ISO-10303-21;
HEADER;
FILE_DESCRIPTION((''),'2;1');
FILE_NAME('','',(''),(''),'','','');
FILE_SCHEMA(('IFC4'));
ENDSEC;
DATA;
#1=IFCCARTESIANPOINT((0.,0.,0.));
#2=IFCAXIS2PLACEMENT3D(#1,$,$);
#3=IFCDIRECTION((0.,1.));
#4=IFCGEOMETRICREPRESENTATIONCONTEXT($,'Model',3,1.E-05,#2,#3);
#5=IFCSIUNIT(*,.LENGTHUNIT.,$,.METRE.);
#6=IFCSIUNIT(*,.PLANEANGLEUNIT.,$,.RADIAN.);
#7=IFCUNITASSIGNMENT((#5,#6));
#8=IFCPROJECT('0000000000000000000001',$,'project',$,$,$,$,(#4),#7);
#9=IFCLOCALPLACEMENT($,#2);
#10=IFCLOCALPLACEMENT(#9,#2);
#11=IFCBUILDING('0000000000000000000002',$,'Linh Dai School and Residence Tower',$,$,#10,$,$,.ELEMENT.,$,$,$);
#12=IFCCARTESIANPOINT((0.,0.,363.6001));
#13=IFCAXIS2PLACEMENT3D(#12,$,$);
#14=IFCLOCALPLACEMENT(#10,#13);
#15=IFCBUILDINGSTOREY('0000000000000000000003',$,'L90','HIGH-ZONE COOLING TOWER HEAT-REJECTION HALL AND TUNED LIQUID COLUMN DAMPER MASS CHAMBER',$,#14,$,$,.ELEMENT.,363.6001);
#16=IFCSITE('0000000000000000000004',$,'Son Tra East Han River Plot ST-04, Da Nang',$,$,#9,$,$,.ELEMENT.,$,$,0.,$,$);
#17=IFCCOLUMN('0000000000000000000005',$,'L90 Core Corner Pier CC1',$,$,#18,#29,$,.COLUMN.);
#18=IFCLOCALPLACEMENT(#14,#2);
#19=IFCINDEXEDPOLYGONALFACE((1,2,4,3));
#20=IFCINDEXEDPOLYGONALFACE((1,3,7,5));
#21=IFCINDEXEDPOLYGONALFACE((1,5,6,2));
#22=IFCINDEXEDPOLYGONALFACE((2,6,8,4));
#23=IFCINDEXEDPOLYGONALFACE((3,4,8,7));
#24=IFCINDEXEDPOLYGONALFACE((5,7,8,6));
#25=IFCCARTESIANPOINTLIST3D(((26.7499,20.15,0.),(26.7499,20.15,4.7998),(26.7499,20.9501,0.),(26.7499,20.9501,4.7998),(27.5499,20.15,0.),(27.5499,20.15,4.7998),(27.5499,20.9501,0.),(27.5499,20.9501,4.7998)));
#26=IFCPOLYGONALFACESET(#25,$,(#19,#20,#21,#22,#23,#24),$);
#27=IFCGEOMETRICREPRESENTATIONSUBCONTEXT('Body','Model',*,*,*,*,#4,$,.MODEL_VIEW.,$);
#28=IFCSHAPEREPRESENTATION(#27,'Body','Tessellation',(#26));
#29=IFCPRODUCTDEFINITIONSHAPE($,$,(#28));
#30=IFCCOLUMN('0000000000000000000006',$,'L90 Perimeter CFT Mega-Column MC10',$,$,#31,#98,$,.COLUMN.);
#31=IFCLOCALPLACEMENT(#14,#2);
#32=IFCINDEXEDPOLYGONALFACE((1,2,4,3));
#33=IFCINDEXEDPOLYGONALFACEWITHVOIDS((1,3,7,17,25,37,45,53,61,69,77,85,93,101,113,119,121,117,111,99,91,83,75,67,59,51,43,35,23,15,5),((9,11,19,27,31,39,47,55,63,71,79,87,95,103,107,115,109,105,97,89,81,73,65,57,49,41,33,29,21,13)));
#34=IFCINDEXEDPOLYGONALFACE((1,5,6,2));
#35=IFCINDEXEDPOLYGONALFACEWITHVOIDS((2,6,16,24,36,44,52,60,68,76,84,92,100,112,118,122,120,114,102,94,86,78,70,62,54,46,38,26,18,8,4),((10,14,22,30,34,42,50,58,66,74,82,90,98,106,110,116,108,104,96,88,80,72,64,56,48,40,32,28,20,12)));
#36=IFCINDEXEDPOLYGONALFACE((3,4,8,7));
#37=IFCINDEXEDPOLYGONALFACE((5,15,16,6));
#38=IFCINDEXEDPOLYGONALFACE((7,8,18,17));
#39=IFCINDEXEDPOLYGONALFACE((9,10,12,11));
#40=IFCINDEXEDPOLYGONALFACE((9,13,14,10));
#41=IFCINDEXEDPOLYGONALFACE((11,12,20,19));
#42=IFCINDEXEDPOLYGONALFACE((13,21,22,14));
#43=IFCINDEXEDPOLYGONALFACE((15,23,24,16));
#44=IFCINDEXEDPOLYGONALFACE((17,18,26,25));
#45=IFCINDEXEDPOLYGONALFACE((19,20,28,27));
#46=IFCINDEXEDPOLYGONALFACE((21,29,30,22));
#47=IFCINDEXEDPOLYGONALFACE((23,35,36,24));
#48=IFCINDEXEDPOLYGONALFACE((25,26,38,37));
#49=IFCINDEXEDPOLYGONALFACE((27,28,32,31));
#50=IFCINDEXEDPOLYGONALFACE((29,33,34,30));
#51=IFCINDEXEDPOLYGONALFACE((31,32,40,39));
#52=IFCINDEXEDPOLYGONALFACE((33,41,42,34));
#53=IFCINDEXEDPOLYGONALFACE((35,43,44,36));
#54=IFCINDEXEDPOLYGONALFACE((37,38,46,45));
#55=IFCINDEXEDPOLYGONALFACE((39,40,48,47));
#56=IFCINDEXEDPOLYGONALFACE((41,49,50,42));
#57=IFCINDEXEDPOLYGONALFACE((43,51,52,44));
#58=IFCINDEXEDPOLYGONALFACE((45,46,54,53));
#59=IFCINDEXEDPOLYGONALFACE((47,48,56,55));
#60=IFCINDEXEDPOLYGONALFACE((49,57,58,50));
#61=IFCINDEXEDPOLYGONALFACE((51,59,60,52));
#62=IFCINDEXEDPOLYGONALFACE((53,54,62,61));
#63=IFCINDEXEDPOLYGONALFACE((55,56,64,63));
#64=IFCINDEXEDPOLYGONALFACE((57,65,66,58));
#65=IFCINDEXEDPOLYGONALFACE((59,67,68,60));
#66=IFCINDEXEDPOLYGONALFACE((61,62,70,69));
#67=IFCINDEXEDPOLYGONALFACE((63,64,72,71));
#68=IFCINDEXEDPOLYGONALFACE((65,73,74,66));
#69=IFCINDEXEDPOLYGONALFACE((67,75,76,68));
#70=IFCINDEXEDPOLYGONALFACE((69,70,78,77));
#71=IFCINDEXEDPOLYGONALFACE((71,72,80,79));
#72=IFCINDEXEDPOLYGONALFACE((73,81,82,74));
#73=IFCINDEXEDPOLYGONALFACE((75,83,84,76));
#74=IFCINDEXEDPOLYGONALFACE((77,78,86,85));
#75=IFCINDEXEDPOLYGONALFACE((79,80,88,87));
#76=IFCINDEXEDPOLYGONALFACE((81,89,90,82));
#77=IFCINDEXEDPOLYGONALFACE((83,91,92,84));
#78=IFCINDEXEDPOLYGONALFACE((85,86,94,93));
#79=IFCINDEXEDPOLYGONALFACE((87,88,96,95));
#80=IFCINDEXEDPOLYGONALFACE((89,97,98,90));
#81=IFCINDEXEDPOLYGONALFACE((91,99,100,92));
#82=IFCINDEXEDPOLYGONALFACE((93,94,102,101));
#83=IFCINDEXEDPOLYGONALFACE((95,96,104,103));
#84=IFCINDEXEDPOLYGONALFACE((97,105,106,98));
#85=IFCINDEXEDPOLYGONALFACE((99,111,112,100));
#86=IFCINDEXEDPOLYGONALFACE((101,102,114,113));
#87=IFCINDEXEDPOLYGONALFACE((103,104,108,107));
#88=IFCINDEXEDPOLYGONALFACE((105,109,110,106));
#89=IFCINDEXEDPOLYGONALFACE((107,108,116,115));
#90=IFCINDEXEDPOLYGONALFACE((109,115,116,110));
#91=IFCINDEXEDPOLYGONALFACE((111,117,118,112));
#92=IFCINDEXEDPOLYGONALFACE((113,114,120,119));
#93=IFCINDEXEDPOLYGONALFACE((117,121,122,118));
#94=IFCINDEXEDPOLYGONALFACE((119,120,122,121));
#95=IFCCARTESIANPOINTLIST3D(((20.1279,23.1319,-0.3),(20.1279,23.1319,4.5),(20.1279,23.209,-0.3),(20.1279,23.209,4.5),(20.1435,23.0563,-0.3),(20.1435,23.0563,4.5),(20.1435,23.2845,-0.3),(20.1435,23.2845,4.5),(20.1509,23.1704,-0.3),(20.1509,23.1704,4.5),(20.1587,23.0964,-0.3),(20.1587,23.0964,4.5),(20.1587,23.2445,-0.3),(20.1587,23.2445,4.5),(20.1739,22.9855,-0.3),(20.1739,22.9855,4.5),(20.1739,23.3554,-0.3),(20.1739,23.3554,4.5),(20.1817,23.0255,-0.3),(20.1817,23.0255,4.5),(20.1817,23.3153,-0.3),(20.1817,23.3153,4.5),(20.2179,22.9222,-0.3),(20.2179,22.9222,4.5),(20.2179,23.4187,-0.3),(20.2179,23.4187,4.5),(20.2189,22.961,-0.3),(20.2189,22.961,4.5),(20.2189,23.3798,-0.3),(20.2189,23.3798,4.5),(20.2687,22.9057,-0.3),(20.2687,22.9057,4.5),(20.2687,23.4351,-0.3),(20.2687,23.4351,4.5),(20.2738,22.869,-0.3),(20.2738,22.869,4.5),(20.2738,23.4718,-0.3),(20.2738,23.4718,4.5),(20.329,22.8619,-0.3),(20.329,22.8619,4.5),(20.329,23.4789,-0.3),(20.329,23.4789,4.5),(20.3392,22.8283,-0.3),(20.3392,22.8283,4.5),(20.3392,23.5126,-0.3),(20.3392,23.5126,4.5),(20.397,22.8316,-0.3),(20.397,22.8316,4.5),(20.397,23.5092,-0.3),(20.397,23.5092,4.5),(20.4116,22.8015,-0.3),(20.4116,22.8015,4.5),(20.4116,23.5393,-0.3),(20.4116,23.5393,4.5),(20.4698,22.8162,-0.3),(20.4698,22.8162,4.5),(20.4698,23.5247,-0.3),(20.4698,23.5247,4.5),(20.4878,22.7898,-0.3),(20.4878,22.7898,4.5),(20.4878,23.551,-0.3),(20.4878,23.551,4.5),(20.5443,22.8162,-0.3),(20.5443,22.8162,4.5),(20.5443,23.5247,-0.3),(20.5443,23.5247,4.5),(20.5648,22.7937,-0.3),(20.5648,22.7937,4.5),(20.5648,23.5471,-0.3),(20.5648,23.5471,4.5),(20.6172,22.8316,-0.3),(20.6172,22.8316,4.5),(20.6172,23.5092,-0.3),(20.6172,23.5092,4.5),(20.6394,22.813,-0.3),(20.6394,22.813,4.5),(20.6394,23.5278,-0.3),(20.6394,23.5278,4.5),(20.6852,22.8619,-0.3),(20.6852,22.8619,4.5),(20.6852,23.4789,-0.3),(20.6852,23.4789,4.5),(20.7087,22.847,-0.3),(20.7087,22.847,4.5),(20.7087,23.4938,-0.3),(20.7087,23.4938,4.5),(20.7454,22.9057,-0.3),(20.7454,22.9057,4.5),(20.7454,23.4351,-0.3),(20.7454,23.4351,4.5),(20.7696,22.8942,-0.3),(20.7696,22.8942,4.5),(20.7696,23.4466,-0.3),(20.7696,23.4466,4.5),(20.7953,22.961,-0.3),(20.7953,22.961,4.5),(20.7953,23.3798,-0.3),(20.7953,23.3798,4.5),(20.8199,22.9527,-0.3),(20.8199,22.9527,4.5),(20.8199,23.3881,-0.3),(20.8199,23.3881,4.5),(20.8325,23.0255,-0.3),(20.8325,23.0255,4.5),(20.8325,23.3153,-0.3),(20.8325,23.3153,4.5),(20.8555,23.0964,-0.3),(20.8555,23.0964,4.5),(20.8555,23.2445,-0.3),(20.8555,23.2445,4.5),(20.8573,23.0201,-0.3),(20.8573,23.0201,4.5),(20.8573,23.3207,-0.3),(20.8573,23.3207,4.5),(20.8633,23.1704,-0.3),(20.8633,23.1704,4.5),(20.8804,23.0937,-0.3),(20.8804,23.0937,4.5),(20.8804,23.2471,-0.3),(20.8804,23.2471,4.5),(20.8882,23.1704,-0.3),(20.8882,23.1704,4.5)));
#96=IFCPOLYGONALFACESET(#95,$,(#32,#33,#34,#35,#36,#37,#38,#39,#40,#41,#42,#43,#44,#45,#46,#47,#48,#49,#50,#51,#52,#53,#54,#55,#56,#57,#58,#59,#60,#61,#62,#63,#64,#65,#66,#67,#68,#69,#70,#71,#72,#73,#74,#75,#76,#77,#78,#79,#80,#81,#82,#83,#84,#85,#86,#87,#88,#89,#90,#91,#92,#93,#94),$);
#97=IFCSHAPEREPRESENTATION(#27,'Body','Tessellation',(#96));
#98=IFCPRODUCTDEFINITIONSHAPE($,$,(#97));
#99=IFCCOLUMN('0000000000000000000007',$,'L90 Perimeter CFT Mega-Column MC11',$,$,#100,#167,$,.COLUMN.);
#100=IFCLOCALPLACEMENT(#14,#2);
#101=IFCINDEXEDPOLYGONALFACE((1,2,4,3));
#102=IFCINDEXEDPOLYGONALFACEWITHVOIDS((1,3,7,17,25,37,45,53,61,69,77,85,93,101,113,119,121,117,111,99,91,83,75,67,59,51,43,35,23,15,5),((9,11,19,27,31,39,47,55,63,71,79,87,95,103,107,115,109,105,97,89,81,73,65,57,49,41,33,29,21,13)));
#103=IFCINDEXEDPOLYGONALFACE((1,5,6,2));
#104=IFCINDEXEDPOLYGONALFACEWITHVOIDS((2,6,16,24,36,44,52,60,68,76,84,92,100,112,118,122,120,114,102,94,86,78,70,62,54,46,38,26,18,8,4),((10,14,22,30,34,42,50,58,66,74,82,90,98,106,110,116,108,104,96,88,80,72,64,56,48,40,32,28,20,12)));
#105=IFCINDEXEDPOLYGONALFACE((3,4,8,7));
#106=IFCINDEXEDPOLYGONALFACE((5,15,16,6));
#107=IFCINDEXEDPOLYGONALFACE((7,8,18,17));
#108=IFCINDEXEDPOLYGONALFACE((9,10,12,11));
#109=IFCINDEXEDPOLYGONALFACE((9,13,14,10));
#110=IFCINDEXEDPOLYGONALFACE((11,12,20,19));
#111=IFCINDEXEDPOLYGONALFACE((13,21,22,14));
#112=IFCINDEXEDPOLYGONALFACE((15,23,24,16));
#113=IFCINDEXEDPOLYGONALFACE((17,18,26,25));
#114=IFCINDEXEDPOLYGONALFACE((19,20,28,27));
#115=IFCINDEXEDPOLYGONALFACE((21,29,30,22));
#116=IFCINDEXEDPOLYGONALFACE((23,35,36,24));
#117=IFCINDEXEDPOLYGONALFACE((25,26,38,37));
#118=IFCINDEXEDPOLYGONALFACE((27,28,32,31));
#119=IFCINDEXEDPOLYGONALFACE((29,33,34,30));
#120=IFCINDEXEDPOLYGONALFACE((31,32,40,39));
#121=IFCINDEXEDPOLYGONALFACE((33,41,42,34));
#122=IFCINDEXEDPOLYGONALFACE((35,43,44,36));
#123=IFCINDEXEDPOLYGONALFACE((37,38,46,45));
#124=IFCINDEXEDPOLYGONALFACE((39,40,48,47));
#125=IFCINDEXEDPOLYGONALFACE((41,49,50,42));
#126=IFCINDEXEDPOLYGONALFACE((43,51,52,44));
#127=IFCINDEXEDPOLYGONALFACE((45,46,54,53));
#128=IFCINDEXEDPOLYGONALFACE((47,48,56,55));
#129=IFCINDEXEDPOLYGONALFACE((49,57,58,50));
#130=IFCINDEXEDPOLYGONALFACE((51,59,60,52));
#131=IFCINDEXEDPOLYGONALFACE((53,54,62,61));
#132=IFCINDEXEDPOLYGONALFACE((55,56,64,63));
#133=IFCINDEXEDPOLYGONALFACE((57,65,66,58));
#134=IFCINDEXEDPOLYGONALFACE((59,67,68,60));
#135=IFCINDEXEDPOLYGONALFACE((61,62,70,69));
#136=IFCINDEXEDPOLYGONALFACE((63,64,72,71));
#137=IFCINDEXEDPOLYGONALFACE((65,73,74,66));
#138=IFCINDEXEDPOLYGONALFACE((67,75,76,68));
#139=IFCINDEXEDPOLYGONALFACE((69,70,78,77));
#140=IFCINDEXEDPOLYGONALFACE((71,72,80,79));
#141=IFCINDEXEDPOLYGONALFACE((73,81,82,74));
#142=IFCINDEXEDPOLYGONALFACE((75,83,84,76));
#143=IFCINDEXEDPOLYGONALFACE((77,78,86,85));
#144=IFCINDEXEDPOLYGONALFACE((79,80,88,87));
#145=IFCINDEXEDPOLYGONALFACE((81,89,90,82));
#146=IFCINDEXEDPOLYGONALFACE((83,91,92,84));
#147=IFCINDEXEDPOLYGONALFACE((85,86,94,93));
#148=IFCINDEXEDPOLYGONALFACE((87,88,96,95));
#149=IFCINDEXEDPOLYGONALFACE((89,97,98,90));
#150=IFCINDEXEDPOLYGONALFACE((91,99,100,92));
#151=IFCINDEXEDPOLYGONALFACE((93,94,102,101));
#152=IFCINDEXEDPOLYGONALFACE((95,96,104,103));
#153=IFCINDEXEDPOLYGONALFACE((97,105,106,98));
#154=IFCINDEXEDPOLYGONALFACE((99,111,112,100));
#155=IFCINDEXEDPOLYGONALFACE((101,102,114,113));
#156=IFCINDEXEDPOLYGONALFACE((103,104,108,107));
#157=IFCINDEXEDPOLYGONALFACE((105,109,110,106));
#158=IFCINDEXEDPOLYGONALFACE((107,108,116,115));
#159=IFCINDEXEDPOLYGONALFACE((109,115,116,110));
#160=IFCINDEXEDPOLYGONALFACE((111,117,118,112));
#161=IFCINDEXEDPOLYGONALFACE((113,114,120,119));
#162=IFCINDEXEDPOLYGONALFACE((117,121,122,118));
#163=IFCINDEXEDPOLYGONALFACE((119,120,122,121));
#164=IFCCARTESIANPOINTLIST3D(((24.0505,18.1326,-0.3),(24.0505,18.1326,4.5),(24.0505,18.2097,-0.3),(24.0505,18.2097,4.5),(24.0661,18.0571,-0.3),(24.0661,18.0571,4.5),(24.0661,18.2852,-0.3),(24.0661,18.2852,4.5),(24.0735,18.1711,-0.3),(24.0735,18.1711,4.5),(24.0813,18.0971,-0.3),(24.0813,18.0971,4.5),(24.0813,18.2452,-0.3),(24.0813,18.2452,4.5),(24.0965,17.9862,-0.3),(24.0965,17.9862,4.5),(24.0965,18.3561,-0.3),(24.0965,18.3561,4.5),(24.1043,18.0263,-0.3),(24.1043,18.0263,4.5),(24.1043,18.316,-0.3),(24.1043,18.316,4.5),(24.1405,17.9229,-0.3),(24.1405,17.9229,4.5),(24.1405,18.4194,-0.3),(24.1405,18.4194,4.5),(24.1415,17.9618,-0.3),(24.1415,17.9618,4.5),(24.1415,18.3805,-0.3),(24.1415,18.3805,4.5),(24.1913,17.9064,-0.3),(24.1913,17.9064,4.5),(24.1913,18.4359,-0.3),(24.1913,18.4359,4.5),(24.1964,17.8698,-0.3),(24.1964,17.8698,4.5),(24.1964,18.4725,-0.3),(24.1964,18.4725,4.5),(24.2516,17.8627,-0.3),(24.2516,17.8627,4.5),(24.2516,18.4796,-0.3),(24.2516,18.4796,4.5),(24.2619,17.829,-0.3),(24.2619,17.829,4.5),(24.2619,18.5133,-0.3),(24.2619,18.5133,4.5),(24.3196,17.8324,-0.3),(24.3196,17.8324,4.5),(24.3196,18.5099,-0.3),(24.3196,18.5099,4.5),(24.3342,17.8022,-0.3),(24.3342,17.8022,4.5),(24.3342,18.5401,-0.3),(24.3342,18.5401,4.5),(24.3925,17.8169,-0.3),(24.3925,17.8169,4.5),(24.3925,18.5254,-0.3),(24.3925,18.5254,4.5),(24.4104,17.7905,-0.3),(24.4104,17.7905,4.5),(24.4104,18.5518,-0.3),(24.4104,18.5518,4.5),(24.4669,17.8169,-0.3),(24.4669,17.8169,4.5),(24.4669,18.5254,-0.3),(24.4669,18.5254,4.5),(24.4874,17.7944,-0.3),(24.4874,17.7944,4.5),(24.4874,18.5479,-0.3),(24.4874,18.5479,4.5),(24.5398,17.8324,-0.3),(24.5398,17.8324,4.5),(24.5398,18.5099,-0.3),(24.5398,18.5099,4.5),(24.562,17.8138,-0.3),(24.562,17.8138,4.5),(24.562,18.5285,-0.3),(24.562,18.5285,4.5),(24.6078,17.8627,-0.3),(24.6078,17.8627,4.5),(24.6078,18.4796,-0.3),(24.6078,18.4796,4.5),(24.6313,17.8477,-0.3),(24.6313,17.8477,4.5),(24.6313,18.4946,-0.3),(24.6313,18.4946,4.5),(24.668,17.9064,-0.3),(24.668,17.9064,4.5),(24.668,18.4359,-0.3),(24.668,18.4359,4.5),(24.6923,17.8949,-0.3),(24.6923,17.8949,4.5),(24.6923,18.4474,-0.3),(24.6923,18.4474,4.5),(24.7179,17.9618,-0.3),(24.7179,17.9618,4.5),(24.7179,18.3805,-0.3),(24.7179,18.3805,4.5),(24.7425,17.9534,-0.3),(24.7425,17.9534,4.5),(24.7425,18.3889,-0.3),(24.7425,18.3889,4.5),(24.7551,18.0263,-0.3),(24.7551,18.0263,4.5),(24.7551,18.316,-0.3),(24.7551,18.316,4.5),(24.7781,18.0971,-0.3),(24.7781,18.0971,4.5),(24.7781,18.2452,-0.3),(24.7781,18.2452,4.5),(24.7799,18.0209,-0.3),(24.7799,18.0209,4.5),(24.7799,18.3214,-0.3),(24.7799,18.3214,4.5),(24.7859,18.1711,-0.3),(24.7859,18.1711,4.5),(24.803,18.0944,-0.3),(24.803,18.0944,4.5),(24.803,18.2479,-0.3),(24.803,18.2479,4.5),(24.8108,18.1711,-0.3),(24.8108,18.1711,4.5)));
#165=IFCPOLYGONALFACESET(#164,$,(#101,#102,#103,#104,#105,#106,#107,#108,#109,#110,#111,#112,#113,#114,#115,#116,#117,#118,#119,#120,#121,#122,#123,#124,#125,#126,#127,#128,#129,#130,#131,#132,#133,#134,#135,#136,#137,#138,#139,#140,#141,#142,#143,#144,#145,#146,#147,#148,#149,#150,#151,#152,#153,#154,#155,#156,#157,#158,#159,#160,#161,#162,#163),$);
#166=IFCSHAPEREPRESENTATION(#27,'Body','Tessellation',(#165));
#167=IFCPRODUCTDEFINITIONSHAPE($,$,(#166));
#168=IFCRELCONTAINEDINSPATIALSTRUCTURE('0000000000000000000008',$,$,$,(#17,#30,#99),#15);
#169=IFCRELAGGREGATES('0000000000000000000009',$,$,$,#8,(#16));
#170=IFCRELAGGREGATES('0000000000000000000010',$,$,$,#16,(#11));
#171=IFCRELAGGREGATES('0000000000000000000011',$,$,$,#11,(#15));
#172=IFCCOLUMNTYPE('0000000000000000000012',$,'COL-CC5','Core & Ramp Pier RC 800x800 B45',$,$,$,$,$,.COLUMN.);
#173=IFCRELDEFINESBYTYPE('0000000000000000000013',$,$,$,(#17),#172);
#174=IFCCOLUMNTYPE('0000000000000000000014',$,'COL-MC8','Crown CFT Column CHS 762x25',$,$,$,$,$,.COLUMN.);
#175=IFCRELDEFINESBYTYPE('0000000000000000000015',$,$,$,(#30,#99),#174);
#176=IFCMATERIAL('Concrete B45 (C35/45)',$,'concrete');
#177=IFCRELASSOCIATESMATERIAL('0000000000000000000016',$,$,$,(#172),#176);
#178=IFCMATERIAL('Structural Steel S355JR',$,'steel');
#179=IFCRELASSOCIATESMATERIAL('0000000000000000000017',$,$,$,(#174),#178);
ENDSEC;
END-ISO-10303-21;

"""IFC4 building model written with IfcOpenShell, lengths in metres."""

from ifc_helpers import new_model, si_unit, direction, frame, origin, origin_2d, place, context, subcontext, project, spatial, rectangle, hollow_circle, extrude, material, material_profile, profile_set, type_object, element, save


model = new_model("IFC4")

# Units and contexts
model_context = context("Model", 3, precision=1e-05, world=origin(), true_north=direction((0.0, 1.0)))
body_context = subcontext(model_context, "Body", "Model", "MODEL_VIEW")
ifc_project = project(units=[si_unit("LENGTHUNIT", "METRE"), si_unit("PLANEANGLEUNIT", "RADIAN")], contexts=[model_context])

# Site, building, storey
site_placement = place(None, origin())
site = spatial("IfcSite", under=ifc_project, at=site_placement, Name="Son Tra East Han River Plot ST-04, Da Nang", CompositionType="ELEMENT", RefElevation=0.0)
building_placement = place(site_placement, origin())
building = spatial("IfcBuilding", under=site, at=building_placement, Name="Linh Dai School and Residence Tower", CompositionType="ELEMENT")
storey_placement = place(building_placement, frame((0.0, 0.0, 363.6001)))
storey = spatial("IfcBuildingStorey", under=building, at=storey_placement, Name="L90", Description="HIGH-ZONE COOLING TOWER HEAT-REJECTION HALL AND TUNED LIQUID COLUMN DAMPER MASS CHAMBER", CompositionType="ELEMENT", Elevation=363.6001)

# Columns
ifc_material_1 = material(Name="Concrete B45 (C35/45)", Category="concrete")
ifc_material_profile_1 = material_profile(ifc_material_1, rectangle(XDim=0.8, YDim=0.8, at=origin_2d()), Name="RC 800x800")
ifc_profile_set_1 = profile_set([ifc_material_profile_1], Name="Concrete B45 (C35/45)")
column_type_1 = type_object("IfcColumnType", Name="COL-CC5", Description="Core & Ramp Pier RC 800x800 B45", PredefinedType="COLUMN", material=ifc_profile_set_1)
column_placement = place(storey_placement, frame((27.1499, 20.55, 0.0), z_axis=(0.0, 0.0, 1.0), x_axis=(1.0, 0.0, 0.0)))
element("IfcColumn", 1, at=column_placement, inside=storey, type_object=column_type_1, Name="L90 Core Corner Pier CC1", PredefinedType="COLUMN", context=body_context, shape_type="SweptSolid", body=[
    extrude(rectangle(XDim=0.8, YDim=0.8, at=origin_2d()), origin(), (0.0, 0.0, 1.0), 4.7998),
])
ifc_material_2 = material(Name="Structural Steel S355JR", Category="steel")
ifc_material_profile_2 = material_profile(ifc_material_2, hollow_circle(Radius=0.3811, WallThickness=0.0249, at=origin_2d()), Name="CHS 762x25")
ifc_profile_set_2 = profile_set([ifc_material_profile_2], Name="Structural Steel S355JR")
column_type_2 = type_object("IfcColumnType", Name="COL-MC8", Description="Crown CFT Column CHS 762x25", PredefinedType="COLUMN", material=ifc_profile_set_2)
for number, where, z_axis, x_axis, name in (
    (2, (20.5071, 23.1704, -0.3), (0.0, 0.0, 1.0), (1.0, 0.0, 0.0), "L90 Perimeter CFT Mega-Column MC10"),
    (3, (24.4297, 18.1711, -0.3), (0.0, 0.0, 1.0), (1.0, 0.0, 0.0), "L90 Perimeter CFT Mega-Column MC11"),
):
    element("IfcColumn", number, at=place(storey_placement, frame(where, z_axis=z_axis, x_axis=x_axis)), inside=storey, type_object=column_type_2, Name=name, PredefinedType="COLUMN", context=body_context, shape_type="SweptSolid", body=[
        extrude(hollow_circle(Radius=0.3811, WallThickness=0.0249, at=origin_2d()), origin(), (0.0, 0.0, 1.0), 4.8),
    ])

save(model, "model.ifc")
